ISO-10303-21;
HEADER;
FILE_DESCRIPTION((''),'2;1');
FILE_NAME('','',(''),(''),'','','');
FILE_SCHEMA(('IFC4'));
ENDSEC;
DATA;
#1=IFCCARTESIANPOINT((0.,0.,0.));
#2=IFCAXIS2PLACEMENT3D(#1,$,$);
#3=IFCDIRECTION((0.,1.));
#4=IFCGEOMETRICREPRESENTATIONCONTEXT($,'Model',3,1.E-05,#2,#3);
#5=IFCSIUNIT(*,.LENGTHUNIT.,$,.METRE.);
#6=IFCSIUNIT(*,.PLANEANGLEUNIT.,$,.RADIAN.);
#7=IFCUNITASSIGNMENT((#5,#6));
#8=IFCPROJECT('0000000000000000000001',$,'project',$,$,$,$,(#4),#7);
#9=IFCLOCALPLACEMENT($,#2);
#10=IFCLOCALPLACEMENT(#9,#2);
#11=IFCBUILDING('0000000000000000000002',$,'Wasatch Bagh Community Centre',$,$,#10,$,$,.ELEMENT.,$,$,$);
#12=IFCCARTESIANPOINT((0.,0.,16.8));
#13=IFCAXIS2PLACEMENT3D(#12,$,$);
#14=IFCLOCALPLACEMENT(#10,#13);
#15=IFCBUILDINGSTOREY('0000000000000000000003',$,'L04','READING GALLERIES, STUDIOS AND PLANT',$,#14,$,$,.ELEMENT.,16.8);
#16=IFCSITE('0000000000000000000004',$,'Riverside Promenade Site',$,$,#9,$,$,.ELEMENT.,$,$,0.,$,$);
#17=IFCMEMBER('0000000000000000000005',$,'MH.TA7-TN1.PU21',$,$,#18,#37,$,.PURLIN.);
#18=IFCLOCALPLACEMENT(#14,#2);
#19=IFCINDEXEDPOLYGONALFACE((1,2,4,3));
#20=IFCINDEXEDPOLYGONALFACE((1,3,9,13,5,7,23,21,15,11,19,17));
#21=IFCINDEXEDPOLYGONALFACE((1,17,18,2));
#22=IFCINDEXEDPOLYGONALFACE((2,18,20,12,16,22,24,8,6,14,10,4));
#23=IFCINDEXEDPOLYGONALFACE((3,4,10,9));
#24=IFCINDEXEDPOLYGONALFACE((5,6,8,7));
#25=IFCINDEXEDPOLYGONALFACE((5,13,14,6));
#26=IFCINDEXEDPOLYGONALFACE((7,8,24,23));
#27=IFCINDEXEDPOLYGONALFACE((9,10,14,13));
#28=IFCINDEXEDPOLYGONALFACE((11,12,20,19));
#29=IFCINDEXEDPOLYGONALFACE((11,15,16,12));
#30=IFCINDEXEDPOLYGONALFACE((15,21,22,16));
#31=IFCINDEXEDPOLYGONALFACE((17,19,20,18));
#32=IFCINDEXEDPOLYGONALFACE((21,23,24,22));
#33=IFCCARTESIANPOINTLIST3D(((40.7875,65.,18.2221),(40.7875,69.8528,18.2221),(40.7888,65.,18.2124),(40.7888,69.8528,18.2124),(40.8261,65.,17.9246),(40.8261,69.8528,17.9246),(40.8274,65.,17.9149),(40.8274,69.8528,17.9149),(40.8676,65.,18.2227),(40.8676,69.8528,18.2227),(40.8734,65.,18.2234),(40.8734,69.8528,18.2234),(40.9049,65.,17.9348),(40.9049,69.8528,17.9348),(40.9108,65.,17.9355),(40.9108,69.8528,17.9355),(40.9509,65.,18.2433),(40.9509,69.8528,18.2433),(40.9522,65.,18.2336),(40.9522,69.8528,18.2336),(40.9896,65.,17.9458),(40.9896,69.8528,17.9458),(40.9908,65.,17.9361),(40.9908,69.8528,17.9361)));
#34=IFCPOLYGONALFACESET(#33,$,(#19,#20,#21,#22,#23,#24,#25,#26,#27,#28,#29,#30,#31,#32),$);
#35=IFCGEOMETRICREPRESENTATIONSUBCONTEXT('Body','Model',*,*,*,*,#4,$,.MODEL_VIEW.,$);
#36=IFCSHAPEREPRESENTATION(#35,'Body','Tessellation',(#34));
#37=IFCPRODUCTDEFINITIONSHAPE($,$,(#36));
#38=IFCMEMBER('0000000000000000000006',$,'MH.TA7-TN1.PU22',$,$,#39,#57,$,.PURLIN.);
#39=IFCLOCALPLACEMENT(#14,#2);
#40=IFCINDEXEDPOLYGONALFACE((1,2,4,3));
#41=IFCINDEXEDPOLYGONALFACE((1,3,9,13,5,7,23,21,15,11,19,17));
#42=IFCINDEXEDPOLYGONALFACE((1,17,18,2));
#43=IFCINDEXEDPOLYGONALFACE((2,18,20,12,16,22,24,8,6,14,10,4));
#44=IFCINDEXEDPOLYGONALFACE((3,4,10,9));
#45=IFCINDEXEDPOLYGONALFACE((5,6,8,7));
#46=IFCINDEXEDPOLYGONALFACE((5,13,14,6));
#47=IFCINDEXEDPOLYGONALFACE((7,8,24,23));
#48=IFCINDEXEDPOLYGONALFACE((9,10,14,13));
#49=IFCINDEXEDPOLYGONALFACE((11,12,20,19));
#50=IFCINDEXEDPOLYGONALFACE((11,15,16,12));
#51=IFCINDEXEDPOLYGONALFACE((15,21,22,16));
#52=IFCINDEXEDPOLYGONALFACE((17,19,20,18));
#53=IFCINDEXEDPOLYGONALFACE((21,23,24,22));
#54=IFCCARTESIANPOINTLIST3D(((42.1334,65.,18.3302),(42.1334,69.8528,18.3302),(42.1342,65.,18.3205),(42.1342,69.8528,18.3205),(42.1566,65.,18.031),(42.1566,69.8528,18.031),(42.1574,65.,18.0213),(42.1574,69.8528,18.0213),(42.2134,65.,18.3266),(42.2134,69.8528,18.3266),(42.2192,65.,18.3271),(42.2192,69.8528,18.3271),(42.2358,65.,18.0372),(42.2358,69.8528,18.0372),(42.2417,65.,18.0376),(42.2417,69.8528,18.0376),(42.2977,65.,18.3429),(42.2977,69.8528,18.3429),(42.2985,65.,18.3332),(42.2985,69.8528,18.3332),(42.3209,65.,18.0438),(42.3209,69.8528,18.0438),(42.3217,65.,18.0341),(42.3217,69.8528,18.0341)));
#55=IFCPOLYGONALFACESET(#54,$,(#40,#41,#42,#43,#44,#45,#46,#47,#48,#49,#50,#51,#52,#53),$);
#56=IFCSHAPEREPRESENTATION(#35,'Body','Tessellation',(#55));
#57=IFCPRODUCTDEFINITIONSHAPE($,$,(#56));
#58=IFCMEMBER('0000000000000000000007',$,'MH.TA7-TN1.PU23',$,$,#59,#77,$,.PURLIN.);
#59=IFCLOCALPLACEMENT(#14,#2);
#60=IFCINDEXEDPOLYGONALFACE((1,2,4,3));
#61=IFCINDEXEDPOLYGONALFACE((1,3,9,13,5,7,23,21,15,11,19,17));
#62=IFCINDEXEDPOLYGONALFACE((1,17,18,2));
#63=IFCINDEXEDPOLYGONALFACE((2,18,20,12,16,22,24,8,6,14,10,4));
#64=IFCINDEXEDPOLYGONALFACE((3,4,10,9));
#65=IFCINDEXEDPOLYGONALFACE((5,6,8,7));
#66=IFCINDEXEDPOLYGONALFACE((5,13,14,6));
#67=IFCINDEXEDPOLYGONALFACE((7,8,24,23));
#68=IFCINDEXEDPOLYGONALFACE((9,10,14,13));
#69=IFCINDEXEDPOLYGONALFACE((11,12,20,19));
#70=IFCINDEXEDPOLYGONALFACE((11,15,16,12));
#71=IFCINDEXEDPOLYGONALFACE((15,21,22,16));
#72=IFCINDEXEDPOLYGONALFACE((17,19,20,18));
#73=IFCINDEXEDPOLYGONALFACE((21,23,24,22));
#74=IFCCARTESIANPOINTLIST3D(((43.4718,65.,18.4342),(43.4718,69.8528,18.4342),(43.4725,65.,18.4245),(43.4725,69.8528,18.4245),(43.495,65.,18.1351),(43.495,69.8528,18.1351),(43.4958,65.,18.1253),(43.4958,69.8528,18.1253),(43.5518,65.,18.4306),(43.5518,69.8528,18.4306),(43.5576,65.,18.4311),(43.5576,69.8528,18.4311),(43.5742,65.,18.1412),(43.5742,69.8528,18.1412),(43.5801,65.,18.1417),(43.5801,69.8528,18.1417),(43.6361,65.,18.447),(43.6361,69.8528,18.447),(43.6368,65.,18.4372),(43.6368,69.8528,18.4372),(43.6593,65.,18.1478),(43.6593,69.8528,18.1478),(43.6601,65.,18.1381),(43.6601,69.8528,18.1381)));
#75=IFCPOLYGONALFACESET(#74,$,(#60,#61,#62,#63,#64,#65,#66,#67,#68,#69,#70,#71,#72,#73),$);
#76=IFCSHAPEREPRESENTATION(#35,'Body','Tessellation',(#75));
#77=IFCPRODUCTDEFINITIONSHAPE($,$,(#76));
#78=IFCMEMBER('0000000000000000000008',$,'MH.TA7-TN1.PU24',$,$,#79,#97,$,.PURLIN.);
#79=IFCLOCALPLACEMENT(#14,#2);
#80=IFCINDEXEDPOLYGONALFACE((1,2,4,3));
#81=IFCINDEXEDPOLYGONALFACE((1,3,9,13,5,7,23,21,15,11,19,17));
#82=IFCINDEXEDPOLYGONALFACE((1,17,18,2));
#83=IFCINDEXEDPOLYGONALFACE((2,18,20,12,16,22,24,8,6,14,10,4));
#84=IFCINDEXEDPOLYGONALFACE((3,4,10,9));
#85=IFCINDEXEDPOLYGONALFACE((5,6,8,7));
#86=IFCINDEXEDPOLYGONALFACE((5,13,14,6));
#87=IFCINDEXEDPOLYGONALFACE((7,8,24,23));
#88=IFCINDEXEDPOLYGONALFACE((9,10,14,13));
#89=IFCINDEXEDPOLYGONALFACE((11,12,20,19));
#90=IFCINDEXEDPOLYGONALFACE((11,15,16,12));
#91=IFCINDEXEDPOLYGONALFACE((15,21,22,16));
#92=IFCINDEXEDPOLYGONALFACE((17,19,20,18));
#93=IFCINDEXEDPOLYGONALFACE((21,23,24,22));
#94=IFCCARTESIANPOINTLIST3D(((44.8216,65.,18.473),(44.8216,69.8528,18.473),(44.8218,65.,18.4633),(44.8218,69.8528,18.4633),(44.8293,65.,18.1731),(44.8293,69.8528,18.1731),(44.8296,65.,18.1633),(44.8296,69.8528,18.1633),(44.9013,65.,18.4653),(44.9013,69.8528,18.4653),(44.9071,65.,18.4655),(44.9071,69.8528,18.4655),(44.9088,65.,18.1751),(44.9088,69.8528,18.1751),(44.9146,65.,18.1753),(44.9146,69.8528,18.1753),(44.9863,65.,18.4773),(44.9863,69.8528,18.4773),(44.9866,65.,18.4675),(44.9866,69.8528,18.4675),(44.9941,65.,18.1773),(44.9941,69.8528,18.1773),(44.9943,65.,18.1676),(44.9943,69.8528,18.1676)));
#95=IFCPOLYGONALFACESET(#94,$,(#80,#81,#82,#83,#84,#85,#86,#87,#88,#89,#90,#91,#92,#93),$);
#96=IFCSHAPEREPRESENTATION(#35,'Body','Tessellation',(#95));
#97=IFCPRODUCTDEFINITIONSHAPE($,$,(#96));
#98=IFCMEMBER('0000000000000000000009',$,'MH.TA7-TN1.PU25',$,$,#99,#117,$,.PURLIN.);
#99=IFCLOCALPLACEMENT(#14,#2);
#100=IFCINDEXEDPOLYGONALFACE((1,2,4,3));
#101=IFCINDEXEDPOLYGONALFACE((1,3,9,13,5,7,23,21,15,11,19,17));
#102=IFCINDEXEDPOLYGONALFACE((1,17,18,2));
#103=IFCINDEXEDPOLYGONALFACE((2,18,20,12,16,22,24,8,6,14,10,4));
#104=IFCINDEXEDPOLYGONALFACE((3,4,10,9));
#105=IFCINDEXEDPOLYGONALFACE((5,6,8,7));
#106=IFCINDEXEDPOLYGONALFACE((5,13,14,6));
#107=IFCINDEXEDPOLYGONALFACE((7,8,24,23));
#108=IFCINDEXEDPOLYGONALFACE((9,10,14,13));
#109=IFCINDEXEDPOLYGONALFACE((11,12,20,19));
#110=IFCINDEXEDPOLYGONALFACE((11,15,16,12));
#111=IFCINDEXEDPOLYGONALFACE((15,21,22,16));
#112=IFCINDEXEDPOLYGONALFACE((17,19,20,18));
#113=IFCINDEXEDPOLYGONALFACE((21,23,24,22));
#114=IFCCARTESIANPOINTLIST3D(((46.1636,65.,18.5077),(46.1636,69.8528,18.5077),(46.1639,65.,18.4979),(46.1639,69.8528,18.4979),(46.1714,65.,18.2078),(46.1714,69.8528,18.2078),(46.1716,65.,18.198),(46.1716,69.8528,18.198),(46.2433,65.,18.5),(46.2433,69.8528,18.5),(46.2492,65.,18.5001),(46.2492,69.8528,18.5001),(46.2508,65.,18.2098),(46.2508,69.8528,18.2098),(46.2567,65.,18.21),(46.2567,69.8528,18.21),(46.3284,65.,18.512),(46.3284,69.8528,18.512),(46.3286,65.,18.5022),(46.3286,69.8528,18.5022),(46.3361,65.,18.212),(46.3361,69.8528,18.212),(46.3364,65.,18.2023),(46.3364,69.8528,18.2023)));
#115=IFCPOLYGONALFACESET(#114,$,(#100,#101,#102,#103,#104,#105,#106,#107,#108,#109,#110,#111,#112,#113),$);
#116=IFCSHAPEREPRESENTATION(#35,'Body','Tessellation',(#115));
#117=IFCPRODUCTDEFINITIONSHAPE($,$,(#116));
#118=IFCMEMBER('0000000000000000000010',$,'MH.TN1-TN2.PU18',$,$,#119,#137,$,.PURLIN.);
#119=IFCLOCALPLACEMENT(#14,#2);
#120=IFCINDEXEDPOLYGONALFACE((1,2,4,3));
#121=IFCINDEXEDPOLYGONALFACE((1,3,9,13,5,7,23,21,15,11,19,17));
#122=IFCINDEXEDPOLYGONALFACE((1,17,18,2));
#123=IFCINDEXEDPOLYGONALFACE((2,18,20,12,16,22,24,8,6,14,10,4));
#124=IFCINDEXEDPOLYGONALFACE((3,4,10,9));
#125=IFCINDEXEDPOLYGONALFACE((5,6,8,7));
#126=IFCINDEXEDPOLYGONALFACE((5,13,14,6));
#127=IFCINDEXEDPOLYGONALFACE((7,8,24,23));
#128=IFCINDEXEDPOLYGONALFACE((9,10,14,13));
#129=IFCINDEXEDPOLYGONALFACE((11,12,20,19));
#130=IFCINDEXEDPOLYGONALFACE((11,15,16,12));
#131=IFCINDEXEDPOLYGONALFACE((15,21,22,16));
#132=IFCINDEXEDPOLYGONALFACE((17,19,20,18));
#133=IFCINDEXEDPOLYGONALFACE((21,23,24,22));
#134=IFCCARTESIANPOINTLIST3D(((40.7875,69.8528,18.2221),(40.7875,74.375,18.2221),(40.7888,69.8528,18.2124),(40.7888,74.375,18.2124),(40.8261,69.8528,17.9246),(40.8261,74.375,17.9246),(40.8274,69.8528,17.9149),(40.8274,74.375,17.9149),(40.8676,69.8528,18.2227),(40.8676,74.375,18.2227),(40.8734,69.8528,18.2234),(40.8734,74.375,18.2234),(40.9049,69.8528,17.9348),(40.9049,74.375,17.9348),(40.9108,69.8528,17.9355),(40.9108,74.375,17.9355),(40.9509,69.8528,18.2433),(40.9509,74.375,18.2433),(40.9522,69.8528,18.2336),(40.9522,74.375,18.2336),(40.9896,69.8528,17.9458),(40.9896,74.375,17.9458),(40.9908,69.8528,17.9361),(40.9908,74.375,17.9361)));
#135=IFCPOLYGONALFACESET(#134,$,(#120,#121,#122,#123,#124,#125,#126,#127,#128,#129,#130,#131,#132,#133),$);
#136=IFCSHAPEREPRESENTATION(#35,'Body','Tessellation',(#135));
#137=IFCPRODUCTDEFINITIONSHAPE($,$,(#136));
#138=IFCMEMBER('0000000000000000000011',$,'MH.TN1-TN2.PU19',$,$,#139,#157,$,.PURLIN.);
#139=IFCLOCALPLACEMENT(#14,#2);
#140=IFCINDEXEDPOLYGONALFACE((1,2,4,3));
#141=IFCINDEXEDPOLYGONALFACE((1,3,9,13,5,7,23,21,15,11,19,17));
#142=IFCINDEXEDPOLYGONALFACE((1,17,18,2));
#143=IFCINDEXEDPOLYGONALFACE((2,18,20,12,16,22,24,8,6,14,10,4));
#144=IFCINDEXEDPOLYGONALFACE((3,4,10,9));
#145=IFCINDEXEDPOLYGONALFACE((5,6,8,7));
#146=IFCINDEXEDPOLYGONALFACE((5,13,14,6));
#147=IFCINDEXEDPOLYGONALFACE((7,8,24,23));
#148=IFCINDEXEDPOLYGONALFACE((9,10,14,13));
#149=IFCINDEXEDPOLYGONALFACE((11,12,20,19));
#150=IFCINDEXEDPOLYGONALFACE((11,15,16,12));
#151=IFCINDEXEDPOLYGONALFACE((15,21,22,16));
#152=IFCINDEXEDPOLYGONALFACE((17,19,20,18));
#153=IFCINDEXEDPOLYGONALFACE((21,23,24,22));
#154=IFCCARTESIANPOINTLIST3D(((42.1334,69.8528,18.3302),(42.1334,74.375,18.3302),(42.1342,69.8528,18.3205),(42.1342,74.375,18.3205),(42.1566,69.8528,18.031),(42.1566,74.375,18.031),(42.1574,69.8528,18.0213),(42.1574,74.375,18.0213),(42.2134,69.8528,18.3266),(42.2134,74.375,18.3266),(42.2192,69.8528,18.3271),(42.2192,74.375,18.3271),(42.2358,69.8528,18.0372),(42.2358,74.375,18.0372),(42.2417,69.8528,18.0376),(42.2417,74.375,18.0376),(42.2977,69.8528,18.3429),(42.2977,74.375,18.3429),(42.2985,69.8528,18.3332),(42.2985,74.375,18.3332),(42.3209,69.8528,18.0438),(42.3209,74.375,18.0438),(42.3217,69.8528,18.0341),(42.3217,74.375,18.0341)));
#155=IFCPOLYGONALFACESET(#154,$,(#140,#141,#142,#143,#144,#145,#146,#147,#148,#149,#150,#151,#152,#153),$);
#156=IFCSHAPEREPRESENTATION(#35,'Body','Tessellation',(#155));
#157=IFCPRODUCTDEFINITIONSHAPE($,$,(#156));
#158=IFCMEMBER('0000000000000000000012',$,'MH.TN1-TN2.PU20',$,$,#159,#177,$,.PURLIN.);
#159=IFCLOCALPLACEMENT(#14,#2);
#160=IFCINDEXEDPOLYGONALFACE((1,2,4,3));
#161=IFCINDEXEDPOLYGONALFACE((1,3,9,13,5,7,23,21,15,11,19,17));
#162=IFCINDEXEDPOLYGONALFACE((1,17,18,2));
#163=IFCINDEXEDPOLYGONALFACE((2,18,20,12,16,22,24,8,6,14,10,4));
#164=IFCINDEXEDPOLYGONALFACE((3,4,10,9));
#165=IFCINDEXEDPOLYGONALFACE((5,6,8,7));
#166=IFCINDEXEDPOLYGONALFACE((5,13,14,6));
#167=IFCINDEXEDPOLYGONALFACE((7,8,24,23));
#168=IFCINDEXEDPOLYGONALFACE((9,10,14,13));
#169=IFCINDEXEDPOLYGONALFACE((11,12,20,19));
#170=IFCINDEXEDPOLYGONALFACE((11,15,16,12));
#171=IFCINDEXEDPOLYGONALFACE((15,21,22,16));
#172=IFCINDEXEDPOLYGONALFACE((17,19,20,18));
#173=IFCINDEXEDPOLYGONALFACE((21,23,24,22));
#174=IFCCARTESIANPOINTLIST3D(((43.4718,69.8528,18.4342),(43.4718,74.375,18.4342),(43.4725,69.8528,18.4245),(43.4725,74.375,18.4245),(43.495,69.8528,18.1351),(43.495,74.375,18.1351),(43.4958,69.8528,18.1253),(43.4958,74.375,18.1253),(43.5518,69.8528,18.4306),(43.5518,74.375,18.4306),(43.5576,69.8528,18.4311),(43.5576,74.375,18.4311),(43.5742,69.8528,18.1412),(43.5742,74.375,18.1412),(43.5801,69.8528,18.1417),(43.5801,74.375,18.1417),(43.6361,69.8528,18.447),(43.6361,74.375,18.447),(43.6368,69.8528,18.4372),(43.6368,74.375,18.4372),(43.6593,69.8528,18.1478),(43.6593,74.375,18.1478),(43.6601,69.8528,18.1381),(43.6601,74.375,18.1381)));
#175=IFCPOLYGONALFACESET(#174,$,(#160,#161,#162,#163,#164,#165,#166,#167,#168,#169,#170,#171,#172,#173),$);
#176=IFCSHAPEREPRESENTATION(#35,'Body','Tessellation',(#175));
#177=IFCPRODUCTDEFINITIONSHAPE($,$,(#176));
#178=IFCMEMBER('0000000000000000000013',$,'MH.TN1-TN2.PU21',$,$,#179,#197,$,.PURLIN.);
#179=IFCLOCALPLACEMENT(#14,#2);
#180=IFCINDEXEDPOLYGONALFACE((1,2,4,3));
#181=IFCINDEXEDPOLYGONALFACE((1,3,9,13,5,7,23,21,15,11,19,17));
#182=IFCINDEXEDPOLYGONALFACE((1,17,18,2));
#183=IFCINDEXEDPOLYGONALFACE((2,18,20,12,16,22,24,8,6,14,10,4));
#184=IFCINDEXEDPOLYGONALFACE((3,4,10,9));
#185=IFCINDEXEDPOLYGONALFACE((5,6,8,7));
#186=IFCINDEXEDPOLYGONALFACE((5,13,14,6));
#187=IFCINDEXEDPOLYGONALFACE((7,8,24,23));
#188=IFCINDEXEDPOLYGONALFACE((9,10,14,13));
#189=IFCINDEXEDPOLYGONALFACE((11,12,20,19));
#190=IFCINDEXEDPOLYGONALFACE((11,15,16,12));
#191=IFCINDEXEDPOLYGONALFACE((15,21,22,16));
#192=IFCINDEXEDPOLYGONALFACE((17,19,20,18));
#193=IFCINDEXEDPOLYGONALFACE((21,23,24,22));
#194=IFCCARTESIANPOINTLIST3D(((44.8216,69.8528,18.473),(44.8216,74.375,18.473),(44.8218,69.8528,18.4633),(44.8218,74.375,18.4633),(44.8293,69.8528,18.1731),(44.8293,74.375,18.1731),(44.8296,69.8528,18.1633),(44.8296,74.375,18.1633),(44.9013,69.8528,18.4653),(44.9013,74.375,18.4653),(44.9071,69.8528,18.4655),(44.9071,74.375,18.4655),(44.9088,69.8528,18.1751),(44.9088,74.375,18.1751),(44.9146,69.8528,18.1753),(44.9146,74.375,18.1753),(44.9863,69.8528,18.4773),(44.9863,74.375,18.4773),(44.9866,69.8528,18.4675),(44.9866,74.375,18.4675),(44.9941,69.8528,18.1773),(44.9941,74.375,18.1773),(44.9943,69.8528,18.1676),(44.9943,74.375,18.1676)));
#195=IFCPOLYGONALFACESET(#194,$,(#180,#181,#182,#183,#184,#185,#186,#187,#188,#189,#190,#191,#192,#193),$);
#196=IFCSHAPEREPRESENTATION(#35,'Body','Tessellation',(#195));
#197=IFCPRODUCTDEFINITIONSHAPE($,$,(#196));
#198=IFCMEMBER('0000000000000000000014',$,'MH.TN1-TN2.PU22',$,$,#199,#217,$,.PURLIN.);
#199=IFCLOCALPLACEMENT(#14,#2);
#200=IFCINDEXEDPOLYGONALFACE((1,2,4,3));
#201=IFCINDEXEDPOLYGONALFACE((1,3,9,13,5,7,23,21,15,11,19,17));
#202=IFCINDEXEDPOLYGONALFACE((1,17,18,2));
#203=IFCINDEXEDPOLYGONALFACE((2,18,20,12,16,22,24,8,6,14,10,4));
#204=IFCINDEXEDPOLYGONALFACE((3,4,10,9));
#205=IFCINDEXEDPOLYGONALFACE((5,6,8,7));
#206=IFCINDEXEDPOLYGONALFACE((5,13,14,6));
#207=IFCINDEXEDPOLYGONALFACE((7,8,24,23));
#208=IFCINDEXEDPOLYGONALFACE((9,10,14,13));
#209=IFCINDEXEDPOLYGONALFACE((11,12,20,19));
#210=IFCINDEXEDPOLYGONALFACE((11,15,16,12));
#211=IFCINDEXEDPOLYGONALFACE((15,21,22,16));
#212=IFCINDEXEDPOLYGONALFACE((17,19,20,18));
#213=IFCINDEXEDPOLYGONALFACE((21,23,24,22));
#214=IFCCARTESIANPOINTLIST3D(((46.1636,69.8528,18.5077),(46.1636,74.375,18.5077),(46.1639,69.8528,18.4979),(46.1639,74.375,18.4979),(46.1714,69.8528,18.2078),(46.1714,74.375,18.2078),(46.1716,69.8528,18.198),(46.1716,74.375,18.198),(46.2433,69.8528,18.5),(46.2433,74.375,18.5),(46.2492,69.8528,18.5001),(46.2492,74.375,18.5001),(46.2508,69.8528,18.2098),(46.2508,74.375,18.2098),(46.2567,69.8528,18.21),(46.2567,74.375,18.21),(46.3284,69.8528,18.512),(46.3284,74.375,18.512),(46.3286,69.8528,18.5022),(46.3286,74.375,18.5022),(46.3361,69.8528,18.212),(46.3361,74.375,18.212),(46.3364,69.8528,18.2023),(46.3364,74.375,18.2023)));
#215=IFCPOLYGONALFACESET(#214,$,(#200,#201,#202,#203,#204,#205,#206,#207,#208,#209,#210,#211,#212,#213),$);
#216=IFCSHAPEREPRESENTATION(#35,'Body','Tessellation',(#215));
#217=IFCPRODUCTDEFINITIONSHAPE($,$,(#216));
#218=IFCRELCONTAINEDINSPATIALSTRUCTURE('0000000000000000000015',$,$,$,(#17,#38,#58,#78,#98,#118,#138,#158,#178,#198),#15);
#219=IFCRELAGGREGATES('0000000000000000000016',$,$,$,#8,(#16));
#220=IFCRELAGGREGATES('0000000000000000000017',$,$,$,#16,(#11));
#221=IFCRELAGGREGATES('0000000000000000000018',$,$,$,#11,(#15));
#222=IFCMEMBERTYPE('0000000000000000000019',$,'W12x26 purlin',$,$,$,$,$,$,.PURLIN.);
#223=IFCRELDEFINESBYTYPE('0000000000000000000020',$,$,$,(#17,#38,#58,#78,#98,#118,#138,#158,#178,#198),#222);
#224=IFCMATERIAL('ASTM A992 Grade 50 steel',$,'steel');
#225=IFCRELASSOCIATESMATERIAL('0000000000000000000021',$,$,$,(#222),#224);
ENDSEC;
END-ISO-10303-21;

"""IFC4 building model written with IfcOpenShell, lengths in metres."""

from ifc_helpers import new_model, si_unit, direction, frame, origin, origin_2d, place, context, subcontext, project, spatial, i_section, extrude, material, material_profile, profile_set, type_object, element, save


model = new_model("IFC4")

# Units and contexts
model_context = context("Model", 3, precision=1e-05, world=origin(), true_north=direction((0.0, 1.0)))
body_context = subcontext(model_context, "Body", "Model", "MODEL_VIEW")
ifc_project = project(units=[si_unit("LENGTHUNIT", "METRE"), si_unit("PLANEANGLEUNIT", "RADIAN")], contexts=[model_context])

# Site, building, storey
site_placement = place(None, origin())
site = spatial("IfcSite", under=ifc_project, at=site_placement, Name="Riverside Promenade Site", CompositionType="ELEMENT", RefElevation=0.0)
building_placement = place(site_placement, origin())
building = spatial("IfcBuilding", under=site, at=building_placement, Name="Wasatch Bagh Community Centre", CompositionType="ELEMENT")
storey_placement = place(building_placement, frame((0.0, 0.0, 16.8)))
storey = spatial("IfcBuildingStorey", under=building, at=storey_placement, Name="L04", Description="READING GALLERIES, STUDIOS AND PLANT", CompositionType="ELEMENT", Elevation=16.8)

# Members
ifc_material_1 = material(Name="ASTM A992 Grade 50 steel", Category="steel")
ifc_material_profile_1 = material_profile(ifc_material_1, i_section(OverallWidth=0.1648, OverallDepth=0.3098, WebThickness=0.0059, FlangeThickness=0.0098, at=origin_2d()), Name="W12x26")
ifc_profile_set_1 = profile_set([ifc_material_profile_1], Name="ASTM A992 Grade 50 steel")
member_type_1 = type_object("IfcMemberType", Name="W12x26 purlin", PredefinedType="PURLIN", material=ifc_profile_set_1)
for number, where, z_axis, x_axis, name in (
    (1, (40.8892, 65.0, 18.0791), (0.0, 1.0, 0.0), (-0.991678, 0.0, -0.12874), "MH.TA7-TN1.PU21"),
    (2, (42.2275, 65.0, 18.1821), (0.0, 1.0, 0.0), (-0.997002, 0.0, -0.077382), "MH.TA7-TN1.PU22"),
    (3, (43.5659, 65.0, 18.2861), (0.0, 1.0, 0.0), (-0.997002, 0.0, -0.077382), "MH.TA7-TN1.PU23"),
    (4, (44.908, 65.0, 18.3203), (0.0, 1.0, 0.0), (-0.999667, 0.0, -0.025817), "MH.TA7-TN1.PU24"),
    (5, (46.25, 65.0, 18.355), (0.0, 1.0, 0.0), (-0.999667, 0.0, -0.025817), "MH.TA7-TN1.PU25"),
):
    element("IfcMember", number, at=place(storey_placement, frame(where, z_axis=z_axis, x_axis=x_axis)), inside=storey, type_object=member_type_1, Name=name, PredefinedType="PURLIN", context=body_context, shape_type="SweptSolid", body=[
        extrude(i_section(OverallWidth=0.1648, OverallDepth=0.3098, WebThickness=0.0059, FlangeThickness=0.0098, at=origin_2d()), origin(), (0.0, 0.0, 1.0), 4.8528),
    ])
for number, where, z_axis, x_axis, name in (
    (6, (40.8892, 69.8528, 18.0791), (0.0, 1.0, 0.0), (-0.991678, 0.0, -0.12874), "MH.TN1-TN2.PU18"),
    (7, (42.2275, 69.8528, 18.1821), (0.0, 1.0, 0.0), (-0.997002, 0.0, -0.077382), "MH.TN1-TN2.PU19"),
    (8, (43.5659, 69.8528, 18.2861), (0.0, 1.0, 0.0), (-0.997002, 0.0, -0.077382), "MH.TN1-TN2.PU20"),
    (9, (44.908, 69.8528, 18.3203), (0.0, 1.0, 0.0), (-0.999667, 0.0, -0.025817), "MH.TN1-TN2.PU21"),
    (10, (46.25, 69.8528, 18.355), (0.0, 1.0, 0.0), (-0.999667, 0.0, -0.025817), "MH.TN1-TN2.PU22"),
):
    element("IfcMember", number, at=place(storey_placement, frame(where, z_axis=z_axis, x_axis=x_axis)), inside=storey, type_object=member_type_1, Name=name, PredefinedType="PURLIN", context=body_context, shape_type="SweptSolid", body=[
        extrude(i_section(OverallWidth=0.1648, OverallDepth=0.3098, WebThickness=0.0059, FlangeThickness=0.0098, at=origin_2d()), origin(), (0.0, 0.0, 1.0), 4.5222),
    ])

save(model, "model.ifc")
